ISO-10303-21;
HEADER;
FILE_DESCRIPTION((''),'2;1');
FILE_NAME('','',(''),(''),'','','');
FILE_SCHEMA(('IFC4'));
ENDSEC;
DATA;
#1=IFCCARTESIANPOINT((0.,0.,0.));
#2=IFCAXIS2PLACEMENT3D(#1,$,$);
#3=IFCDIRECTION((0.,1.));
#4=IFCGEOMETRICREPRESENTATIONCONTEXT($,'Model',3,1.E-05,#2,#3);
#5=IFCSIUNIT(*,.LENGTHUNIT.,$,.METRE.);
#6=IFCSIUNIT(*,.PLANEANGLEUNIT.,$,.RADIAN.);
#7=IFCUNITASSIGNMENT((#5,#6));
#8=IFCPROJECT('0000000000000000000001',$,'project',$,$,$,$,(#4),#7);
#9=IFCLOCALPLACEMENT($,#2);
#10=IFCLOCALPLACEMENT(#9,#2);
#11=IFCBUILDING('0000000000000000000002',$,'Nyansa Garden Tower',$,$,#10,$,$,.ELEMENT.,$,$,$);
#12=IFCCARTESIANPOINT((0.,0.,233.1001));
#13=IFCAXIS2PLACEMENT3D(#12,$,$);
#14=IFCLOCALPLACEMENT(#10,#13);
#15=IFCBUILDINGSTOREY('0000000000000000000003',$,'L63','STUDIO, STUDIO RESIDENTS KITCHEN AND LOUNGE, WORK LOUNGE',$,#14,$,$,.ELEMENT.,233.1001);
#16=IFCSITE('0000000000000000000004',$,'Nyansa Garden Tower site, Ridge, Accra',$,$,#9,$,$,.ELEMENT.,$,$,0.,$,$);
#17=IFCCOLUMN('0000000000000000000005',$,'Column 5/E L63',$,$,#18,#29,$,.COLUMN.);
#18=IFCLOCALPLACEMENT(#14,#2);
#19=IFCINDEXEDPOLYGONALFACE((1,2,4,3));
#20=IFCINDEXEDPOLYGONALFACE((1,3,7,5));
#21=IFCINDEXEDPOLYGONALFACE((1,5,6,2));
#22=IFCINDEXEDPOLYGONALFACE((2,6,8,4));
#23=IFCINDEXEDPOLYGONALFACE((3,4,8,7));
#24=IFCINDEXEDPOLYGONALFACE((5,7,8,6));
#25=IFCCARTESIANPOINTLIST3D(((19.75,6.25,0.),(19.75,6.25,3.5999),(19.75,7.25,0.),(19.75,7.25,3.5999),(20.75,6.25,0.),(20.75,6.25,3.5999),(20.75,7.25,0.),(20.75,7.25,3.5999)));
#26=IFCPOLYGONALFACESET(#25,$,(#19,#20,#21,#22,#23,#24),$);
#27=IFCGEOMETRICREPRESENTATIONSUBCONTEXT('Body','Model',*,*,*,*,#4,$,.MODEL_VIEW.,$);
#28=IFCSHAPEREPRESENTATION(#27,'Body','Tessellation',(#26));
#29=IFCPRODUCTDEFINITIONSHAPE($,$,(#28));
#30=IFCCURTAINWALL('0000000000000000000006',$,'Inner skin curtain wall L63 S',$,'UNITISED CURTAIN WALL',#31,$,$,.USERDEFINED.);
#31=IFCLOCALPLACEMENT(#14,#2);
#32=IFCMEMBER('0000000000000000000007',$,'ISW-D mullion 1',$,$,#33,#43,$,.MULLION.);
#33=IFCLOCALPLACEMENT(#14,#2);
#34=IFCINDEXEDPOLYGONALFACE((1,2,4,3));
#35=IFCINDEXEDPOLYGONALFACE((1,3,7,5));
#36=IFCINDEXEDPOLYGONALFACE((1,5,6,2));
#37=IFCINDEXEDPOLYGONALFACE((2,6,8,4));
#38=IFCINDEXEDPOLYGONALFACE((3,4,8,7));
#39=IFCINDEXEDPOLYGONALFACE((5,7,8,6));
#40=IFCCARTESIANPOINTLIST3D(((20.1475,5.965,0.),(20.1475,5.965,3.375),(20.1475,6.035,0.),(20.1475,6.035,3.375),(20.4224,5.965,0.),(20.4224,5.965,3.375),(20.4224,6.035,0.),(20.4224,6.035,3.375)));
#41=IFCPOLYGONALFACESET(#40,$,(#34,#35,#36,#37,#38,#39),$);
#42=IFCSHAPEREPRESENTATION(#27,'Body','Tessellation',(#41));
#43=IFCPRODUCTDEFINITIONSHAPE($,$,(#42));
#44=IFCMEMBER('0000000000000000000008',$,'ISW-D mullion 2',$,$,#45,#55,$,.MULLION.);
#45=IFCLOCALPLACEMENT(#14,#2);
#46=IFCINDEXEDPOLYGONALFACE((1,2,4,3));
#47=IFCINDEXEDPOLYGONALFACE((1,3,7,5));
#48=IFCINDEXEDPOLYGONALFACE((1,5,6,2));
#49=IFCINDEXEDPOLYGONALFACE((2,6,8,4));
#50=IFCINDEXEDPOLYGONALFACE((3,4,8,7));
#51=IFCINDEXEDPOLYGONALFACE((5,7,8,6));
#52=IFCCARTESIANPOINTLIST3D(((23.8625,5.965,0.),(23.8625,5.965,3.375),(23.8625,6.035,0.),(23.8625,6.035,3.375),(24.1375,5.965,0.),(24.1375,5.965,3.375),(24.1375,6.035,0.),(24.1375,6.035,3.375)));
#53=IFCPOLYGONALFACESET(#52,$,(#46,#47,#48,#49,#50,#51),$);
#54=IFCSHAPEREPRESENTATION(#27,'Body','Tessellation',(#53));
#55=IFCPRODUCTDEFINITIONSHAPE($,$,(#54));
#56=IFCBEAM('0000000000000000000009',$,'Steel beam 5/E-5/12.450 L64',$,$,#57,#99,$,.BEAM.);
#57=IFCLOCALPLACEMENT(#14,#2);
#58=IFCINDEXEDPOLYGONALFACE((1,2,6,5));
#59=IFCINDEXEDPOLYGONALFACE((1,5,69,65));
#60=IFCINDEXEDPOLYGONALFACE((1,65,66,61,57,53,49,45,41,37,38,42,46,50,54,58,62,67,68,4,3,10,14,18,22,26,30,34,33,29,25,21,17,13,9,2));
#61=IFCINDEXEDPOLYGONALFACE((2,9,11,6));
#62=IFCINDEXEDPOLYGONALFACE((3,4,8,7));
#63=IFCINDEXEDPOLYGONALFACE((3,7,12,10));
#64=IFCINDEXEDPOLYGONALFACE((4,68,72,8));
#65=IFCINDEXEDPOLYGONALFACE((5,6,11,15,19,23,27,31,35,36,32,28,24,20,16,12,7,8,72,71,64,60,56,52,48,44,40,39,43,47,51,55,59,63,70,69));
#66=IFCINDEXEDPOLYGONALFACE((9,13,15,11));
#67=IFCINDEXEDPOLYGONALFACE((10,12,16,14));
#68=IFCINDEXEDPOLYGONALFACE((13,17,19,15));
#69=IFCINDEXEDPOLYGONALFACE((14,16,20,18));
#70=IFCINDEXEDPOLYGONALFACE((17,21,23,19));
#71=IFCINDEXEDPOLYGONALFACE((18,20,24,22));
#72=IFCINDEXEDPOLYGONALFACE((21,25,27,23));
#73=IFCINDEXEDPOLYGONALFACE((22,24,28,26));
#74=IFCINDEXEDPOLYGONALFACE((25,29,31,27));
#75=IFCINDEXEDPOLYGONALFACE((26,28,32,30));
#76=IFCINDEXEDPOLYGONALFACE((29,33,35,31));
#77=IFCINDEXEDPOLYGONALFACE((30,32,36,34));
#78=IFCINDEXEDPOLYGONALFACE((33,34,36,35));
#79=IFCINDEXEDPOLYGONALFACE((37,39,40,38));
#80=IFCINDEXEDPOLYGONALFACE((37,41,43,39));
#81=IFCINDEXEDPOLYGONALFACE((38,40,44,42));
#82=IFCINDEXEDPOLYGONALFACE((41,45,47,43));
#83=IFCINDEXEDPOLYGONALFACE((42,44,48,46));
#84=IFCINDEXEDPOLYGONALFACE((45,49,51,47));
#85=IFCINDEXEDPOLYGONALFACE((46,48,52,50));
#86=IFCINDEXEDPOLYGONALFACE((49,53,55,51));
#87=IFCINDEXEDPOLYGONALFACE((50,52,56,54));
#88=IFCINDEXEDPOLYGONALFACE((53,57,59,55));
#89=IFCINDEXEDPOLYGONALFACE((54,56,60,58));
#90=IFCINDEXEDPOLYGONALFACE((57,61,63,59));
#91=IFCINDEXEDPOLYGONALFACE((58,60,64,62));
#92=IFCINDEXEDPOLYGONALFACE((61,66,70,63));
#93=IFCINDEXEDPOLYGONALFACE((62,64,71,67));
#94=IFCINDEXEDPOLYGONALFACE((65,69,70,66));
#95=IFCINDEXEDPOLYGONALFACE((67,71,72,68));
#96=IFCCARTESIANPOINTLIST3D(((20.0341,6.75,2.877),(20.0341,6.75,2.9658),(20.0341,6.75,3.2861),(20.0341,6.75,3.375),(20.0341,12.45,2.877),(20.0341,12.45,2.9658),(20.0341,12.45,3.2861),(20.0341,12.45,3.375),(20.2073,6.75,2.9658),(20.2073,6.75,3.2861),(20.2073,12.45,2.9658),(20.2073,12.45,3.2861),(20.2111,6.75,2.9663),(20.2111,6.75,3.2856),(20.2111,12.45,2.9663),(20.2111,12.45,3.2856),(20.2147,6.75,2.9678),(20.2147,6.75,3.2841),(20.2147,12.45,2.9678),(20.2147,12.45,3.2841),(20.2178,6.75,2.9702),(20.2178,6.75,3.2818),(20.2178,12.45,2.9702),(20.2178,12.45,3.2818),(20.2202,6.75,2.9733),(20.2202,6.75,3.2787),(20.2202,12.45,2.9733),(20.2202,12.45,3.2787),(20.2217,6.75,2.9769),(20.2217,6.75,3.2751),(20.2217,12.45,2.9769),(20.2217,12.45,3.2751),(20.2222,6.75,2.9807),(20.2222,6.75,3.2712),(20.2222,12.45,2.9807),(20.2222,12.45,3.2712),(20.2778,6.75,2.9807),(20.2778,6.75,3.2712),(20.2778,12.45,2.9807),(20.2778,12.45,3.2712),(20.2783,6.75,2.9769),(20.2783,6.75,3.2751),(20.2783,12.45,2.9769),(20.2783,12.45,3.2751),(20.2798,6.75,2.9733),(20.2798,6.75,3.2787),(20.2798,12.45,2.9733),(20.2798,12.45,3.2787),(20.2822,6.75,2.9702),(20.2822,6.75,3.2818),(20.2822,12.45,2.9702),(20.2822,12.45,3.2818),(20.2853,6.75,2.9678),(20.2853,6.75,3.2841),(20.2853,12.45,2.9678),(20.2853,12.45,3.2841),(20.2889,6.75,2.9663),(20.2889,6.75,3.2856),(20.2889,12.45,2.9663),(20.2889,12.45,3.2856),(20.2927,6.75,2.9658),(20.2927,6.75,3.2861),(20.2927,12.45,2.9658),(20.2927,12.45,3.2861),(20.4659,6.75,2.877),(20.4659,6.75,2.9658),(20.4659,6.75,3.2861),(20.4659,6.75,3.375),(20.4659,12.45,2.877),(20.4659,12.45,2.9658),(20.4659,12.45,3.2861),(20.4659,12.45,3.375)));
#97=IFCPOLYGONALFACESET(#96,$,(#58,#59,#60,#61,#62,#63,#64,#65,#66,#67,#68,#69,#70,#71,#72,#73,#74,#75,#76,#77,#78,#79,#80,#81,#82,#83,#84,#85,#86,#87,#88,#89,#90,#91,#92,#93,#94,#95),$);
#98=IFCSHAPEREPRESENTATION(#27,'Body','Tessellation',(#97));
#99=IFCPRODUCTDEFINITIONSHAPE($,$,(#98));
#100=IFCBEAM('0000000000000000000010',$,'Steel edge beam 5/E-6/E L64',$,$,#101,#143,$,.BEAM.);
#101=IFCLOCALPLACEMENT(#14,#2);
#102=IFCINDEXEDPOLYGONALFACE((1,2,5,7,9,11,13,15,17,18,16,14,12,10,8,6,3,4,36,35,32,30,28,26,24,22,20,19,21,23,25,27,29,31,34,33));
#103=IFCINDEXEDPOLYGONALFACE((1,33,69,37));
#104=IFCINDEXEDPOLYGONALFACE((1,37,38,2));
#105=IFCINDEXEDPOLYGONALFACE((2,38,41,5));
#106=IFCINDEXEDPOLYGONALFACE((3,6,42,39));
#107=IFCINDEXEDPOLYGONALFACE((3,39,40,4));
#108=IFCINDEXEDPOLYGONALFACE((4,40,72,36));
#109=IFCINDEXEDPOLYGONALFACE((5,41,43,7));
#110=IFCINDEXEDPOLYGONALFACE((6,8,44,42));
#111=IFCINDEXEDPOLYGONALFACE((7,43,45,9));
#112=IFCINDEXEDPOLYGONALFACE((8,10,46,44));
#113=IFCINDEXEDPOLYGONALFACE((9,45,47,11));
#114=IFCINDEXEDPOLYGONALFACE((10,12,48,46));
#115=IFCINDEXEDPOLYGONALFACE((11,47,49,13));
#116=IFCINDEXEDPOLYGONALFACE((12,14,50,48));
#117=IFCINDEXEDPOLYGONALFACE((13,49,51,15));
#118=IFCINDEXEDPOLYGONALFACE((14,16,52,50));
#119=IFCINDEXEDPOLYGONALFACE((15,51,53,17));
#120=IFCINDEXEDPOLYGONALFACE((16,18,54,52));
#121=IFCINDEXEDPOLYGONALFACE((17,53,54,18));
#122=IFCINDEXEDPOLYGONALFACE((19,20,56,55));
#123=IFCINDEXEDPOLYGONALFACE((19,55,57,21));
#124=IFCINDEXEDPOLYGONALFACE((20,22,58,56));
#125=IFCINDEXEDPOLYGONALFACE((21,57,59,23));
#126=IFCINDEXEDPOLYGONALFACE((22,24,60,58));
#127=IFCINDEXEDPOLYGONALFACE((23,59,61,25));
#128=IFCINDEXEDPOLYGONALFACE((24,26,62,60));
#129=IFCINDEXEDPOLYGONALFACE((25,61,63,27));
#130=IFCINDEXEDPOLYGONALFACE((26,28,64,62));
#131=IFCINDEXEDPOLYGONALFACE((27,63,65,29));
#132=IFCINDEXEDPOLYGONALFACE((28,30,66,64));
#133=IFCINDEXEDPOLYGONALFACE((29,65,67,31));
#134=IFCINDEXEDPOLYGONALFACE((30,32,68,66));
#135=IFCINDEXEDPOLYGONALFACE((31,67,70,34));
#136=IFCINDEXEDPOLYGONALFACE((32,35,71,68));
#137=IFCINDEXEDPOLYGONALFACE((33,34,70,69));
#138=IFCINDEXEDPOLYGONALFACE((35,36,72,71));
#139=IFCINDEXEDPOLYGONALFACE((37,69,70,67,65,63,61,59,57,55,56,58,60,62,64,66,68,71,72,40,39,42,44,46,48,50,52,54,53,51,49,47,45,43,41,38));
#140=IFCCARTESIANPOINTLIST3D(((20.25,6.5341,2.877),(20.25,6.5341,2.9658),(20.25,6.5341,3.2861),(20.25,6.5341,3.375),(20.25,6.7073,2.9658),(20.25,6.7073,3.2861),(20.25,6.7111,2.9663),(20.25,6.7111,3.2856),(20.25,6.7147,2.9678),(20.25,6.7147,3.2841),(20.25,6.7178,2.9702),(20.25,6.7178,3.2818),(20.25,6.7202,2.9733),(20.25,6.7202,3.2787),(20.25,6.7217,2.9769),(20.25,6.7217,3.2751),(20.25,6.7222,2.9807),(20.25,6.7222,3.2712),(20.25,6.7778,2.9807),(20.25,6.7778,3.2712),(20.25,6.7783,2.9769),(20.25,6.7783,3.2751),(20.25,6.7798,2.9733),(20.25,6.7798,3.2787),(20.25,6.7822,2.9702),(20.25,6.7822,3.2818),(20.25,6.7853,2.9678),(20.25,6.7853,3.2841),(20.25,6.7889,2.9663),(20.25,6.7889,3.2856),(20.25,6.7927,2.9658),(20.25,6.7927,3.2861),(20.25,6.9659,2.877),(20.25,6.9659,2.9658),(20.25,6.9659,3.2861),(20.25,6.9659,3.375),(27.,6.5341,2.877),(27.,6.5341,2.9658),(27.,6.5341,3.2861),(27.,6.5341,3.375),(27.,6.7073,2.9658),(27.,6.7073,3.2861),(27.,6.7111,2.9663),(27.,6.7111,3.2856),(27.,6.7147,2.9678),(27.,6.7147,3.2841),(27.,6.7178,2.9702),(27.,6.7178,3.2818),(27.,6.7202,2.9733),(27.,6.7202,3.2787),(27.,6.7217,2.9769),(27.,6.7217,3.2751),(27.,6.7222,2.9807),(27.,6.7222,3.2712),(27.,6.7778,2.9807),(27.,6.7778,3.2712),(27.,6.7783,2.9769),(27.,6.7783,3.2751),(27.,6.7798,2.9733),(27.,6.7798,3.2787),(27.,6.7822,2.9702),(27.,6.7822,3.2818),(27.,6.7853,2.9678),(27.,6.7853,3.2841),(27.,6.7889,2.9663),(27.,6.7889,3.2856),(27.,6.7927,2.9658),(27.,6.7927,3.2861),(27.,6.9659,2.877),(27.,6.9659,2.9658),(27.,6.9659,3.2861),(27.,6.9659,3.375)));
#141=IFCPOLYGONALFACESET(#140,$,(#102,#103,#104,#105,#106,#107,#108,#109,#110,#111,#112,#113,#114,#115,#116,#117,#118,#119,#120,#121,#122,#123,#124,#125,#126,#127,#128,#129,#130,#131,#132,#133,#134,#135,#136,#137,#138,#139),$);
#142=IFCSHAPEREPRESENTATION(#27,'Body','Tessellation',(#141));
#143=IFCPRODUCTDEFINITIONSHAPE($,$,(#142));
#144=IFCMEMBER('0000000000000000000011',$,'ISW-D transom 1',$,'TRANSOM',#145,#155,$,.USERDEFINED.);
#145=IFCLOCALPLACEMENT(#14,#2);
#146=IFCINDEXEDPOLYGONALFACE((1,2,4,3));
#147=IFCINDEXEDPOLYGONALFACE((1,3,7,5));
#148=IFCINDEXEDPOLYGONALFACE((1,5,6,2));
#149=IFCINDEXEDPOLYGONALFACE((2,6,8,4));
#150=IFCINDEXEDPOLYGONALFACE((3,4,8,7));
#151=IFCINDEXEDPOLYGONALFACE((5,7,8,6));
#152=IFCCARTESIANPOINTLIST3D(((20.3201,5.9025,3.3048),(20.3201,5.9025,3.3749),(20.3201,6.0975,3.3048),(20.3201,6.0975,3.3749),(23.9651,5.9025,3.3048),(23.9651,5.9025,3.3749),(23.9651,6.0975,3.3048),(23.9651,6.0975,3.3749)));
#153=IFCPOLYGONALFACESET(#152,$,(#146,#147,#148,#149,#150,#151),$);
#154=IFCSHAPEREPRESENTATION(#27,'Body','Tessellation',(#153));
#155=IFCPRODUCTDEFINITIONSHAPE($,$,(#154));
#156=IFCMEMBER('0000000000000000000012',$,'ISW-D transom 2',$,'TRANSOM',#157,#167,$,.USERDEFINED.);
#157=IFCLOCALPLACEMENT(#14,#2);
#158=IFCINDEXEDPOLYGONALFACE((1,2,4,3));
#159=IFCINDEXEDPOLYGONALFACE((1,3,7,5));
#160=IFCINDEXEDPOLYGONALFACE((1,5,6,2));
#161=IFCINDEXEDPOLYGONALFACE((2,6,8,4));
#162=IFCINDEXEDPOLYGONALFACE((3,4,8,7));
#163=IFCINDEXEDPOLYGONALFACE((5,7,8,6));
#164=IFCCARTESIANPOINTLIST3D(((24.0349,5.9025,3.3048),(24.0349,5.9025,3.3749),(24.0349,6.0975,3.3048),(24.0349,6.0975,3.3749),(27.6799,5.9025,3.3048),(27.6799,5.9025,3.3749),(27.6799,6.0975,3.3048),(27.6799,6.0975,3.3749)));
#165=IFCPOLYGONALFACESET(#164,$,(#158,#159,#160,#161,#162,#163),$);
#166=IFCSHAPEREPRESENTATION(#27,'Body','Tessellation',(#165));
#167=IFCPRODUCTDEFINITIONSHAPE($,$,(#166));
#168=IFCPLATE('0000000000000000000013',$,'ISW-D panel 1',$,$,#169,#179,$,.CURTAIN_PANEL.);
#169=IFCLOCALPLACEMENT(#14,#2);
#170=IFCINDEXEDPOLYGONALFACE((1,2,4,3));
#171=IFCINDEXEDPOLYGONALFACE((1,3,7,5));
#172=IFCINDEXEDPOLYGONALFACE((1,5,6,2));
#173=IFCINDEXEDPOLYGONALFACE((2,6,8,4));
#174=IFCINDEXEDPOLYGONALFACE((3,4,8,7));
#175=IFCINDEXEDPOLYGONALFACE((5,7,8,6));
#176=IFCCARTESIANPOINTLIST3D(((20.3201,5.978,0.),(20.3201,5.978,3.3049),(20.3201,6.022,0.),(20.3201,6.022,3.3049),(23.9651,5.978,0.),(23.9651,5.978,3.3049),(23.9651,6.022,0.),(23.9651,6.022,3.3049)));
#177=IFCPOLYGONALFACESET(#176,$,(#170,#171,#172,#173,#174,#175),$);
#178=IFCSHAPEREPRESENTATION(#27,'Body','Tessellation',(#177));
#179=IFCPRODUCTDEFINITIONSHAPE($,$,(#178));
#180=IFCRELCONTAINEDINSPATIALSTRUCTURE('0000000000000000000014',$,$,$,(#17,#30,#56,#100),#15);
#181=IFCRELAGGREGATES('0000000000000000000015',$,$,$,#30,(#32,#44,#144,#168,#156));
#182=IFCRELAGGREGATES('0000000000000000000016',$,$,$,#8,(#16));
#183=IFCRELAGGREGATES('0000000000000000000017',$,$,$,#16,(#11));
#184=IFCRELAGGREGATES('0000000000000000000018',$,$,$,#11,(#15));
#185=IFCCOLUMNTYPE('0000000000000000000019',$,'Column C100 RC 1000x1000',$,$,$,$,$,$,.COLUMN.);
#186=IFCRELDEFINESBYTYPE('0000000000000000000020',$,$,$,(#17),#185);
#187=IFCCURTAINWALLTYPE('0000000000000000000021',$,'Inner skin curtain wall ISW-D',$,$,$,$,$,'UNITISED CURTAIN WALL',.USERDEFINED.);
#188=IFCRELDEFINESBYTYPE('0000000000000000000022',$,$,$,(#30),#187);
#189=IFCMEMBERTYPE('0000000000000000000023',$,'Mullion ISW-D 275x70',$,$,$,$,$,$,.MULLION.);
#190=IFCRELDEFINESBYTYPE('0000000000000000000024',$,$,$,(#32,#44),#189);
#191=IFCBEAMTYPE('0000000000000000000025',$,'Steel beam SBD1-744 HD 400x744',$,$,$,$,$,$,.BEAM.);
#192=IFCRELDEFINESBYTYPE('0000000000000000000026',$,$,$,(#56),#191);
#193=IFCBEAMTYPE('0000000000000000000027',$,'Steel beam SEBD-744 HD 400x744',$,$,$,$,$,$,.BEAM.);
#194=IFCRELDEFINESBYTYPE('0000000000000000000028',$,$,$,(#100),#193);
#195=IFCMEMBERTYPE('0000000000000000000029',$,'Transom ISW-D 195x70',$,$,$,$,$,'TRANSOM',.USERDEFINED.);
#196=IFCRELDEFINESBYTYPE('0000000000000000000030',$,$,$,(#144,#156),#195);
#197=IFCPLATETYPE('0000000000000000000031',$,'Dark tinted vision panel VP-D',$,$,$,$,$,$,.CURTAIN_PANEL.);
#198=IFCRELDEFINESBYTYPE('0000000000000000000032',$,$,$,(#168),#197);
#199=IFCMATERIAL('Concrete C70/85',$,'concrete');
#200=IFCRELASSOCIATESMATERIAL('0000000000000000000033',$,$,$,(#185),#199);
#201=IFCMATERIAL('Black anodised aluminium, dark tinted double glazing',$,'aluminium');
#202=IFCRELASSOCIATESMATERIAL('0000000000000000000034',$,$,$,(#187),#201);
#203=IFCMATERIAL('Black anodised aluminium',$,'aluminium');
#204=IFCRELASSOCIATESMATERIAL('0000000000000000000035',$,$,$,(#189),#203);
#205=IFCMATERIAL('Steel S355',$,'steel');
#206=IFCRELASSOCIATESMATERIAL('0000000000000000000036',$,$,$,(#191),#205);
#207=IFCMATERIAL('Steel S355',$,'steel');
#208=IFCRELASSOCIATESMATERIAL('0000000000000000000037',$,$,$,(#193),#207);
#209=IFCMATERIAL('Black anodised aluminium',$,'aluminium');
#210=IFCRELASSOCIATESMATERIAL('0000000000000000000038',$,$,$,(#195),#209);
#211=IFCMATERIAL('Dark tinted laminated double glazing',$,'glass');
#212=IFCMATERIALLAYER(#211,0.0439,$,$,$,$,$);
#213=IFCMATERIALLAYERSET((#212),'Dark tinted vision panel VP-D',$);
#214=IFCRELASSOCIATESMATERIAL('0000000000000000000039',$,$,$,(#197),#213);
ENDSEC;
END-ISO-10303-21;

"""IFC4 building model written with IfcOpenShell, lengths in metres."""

from ifc_helpers import new_model, si_unit, direction, frame, origin, origin_2d, place, context, subcontext, project, spatial, rectangle, i_section, extrude, material, layer, layer_set, material_profile, profile_set, type_object, element, aggregate, save


model = new_model("IFC4")

# Units and contexts
model_context = context("Model", 3, precision=1e-05, world=origin(), true_north=direction((0.0, 1.0)))
body_context = subcontext(model_context, "Body", "Model", "MODEL_VIEW")
ifc_project = project(units=[si_unit("LENGTHUNIT", "METRE"), si_unit("PLANEANGLEUNIT", "RADIAN")], contexts=[model_context])

# Site, building, storey
site_placement = place(None, origin())
site = spatial("IfcSite", under=ifc_project, at=site_placement, Name="Nyansa Garden Tower site, Ridge, Accra", CompositionType="ELEMENT", RefElevation=0.0)
building_placement = place(site_placement, origin())
building = spatial("IfcBuilding", under=site, at=building_placement, Name="Nyansa Garden Tower", CompositionType="ELEMENT")
storey_placement = place(building_placement, frame((0.0, 0.0, 233.1001)))
storey = spatial("IfcBuildingStorey", under=building, at=storey_placement, Name="L63", Description="STUDIO, STUDIO RESIDENTS KITCHEN AND LOUNGE, WORK LOUNGE", CompositionType="ELEMENT", Elevation=233.1001)

# Column
ifc_material_1 = material(Name="Concrete C70/85", Category="concrete")
ifc_material_profile_1 = material_profile(ifc_material_1, rectangle(XDim=1.0, YDim=1.0, at=origin_2d()), Name="RC 1000x1000")
ifc_profile_set_1 = profile_set([ifc_material_profile_1], Name="Concrete C70/85")
column_type = type_object("IfcColumnType", Name="Column C100 RC 1000x1000", PredefinedType="COLUMN", material=ifc_profile_set_1)
column_placement = place(storey_placement, frame((20.25, 6.75, 0.0), z_axis=(0.0, 0.0, 1.0), x_axis=(1.0, 0.0, 0.0)))
element("IfcColumn", 1, at=column_placement, inside=storey, type_object=column_type, Name="Column 5/E L63", PredefinedType="COLUMN", context=body_context, shape_type="SweptSolid", body=[
    extrude(rectangle(XDim=1.0, YDim=1.0, at=origin_2d()), origin(), (0.0, 0.0, 1.0), 3.5999),
])

# Curtain wall, members
ifc_material_2 = material(Name="Black anodised aluminium, dark tinted double glazing", Category="aluminium")
curtain_wall_type = type_object("IfcCurtainWallType", Name="Inner skin curtain wall ISW-D", ElementType="UNITISED CURTAIN WALL", PredefinedType="USERDEFINED", material=ifc_material_2)
curtain_wall_placement = place(storey_placement, origin())
curtain_wall = element("IfcCurtainWall", 2, at=curtain_wall_placement, inside=storey, type_object=curtain_wall_type, Name="Inner skin curtain wall L63 S", ObjectType="UNITISED CURTAIN WALL", PredefinedType="USERDEFINED")
ifc_material_3 = material(Name="Black anodised aluminium", Category="aluminium")
ifc_material_profile_2 = material_profile(ifc_material_3, rectangle(XDim=0.0701, YDim=0.2749, at=origin_2d()), Name="Mullion 275x70")
ifc_profile_set_2 = profile_set([ifc_material_profile_2], Name="Black anodised aluminium")
member_type_1 = type_object("IfcMemberType", Name="Mullion ISW-D 275x70", PredefinedType="MULLION", material=ifc_profile_set_2)
member_1_placement = place(storey_placement, frame((20.2849, 6.0, 0.0), z_axis=(0.0, 0.0, 1.0), x_axis=(0.0, 1.0, 0.0)))
member_1 = element("IfcMember", 3, at=member_1_placement, type_object=member_type_1, Name="ISW-D mullion 1", PredefinedType="MULLION", context=body_context, shape_type="SweptSolid", body=[
    extrude(rectangle(XDim=0.0701, YDim=0.2749, at=origin_2d()), origin(), (0.0, 0.0, 1.0), 3.375),
])
member_2_placement = place(storey_placement, frame((24.0, 6.0, 0.0), z_axis=(0.0, 0.0, 1.0), x_axis=(0.0, 1.0, 0.0)))
member_2 = element("IfcMember", 4, at=member_2_placement, type_object=member_type_1, Name="ISW-D mullion 2", PredefinedType="MULLION", context=body_context, shape_type="SweptSolid", body=[
    extrude(rectangle(XDim=0.0701, YDim=0.2749, at=origin_2d()), origin(), (0.0, 0.0, 1.0), 3.375),
])

# Beams
ifc_material_4 = material(Name="Steel S355", Category="steel")
ifc_material_profile_3 = material_profile(ifc_material_4, i_section(OverallWidth=0.4319, OverallDepth=0.498, WebThickness=0.0557, FlangeThickness=0.0889, FilletRadius=0.0149, at=origin_2d()), Name="HD 400x744")
ifc_profile_set_3 = profile_set([ifc_material_profile_3], Name="Steel S355")
beam_type_1 = type_object("IfcBeamType", Name="Steel beam SBD1-744 HD 400x744", PredefinedType="BEAM", material=ifc_profile_set_3)
beam_1_placement = place(storey_placement, frame((20.25, 6.75, 3.126), z_axis=(0.0, 1.0, 0.0), x_axis=(-1.0, 0.0, 0.0)))
element("IfcBeam", 5, at=beam_1_placement, inside=storey, type_object=beam_type_1, Name="Steel beam 5/E-5/12.450 L64", PredefinedType="BEAM", context=body_context, shape_type="SweptSolid", body=[
    extrude(i_section(OverallWidth=0.4319, OverallDepth=0.498, WebThickness=0.0557, FlangeThickness=0.0889, FilletRadius=0.0149, at=origin_2d()), origin(), (0.0, 0.0, 1.0), 5.7),
])
ifc_material_5 = material(Name="Steel S355", Category="steel")
ifc_material_profile_4 = material_profile(ifc_material_5, i_section(OverallWidth=0.4319, OverallDepth=0.498, WebThickness=0.0557, FlangeThickness=0.0889, FilletRadius=0.0149, at=origin_2d()), Name="HD 400x744")
ifc_profile_set_4 = profile_set([ifc_material_profile_4], Name="Steel S355")
beam_type_2 = type_object("IfcBeamType", Name="Steel beam SEBD-744 HD 400x744", PredefinedType="BEAM", material=ifc_profile_set_4)
beam_2_placement = place(storey_placement, frame((20.25, 6.75, 3.126), z_axis=(1.0, 0.0, 0.0), x_axis=(0.0, 1.0, 0.0)))
element("IfcBeam", 6, at=beam_2_placement, inside=storey, type_object=beam_type_2, Name="Steel edge beam 5/E-6/E L64", PredefinedType="BEAM", context=body_context, shape_type="SweptSolid", body=[
    extrude(i_section(OverallWidth=0.4319, OverallDepth=0.498, WebThickness=0.0557, FlangeThickness=0.0889, FilletRadius=0.0149, at=origin_2d()), origin(), (0.0, 0.0, 1.0), 6.75),
])

# Members
ifc_material_6 = material(Name="Black anodised aluminium", Category="aluminium")
ifc_material_profile_5 = material_profile(ifc_material_6, rectangle(XDim=0.1951, YDim=0.0701, at=origin_2d()), Name="Transom 195x70")
ifc_profile_set_5 = profile_set([ifc_material_profile_5], Name="Black anodised aluminium")
member_type_2 = type_object("IfcMemberType", Name="Transom ISW-D 195x70", ElementType="TRANSOM", PredefinedType="USERDEFINED", material=ifc_profile_set_5)
member_3_placement = place(storey_placement, frame((20.3201, 6.0, 3.3398), z_axis=(1.0, 0.0, 0.0), x_axis=(0.0, 1.0, 0.0)))
member_3 = element("IfcMember", 7, at=member_3_placement, type_object=member_type_2, Name="ISW-D transom 1", ObjectType="TRANSOM", PredefinedType="USERDEFINED", context=body_context, shape_type="SweptSolid", body=[
    extrude(rectangle(XDim=0.1951, YDim=0.0701, at=origin_2d()), origin(), (0.0, 0.0, 1.0), 3.645),
])
member_4_placement = place(storey_placement, frame((24.0349, 6.0, 3.3398), z_axis=(1.0, 0.0, 0.0), x_axis=(0.0, 1.0, 0.0)))
member_4 = element("IfcMember", 8, at=member_4_placement, type_object=member_type_2, Name="ISW-D transom 2", ObjectType="TRANSOM", PredefinedType="USERDEFINED", context=body_context, shape_type="SweptSolid", body=[
    extrude(rectangle(XDim=0.1951, YDim=0.0701, at=origin_2d()), origin(), (0.0, 0.0, 1.0), 3.645),
])

# Plate
ifc_material_7 = material(Name="Dark tinted laminated double glazing", Category="glass")
ifc_layer_1 = layer(ifc_material_7, 0.0439)
ifc_layer_set_1 = layer_set([ifc_layer_1], Name="Dark tinted vision panel VP-D")
plate_type = type_object("IfcPlateType", Name="Dark tinted vision panel VP-D", PredefinedType="CURTAIN_PANEL", material=ifc_layer_set_1)
plate_1_placement = place(storey_placement, frame((22.1426, 6.0, 0.0), z_axis=(0.0, 0.0, 1.0), x_axis=(1.0, 0.0, 0.0)))
plate_1 = element("IfcPlate", 9, at=plate_1_placement, type_object=plate_type, Name="ISW-D panel 1", PredefinedType="CURTAIN_PANEL", context=body_context, shape_type="SweptSolid", body=[
    extrude(rectangle(XDim=3.645, YDim=0.0439, at=origin_2d()), origin(), (0.0, 0.0, 1.0), 3.3049),
])
aggregate(curtain_wall, [member_1, member_2, member_3, plate_1, member_4])

save(model, "model.ifc")
